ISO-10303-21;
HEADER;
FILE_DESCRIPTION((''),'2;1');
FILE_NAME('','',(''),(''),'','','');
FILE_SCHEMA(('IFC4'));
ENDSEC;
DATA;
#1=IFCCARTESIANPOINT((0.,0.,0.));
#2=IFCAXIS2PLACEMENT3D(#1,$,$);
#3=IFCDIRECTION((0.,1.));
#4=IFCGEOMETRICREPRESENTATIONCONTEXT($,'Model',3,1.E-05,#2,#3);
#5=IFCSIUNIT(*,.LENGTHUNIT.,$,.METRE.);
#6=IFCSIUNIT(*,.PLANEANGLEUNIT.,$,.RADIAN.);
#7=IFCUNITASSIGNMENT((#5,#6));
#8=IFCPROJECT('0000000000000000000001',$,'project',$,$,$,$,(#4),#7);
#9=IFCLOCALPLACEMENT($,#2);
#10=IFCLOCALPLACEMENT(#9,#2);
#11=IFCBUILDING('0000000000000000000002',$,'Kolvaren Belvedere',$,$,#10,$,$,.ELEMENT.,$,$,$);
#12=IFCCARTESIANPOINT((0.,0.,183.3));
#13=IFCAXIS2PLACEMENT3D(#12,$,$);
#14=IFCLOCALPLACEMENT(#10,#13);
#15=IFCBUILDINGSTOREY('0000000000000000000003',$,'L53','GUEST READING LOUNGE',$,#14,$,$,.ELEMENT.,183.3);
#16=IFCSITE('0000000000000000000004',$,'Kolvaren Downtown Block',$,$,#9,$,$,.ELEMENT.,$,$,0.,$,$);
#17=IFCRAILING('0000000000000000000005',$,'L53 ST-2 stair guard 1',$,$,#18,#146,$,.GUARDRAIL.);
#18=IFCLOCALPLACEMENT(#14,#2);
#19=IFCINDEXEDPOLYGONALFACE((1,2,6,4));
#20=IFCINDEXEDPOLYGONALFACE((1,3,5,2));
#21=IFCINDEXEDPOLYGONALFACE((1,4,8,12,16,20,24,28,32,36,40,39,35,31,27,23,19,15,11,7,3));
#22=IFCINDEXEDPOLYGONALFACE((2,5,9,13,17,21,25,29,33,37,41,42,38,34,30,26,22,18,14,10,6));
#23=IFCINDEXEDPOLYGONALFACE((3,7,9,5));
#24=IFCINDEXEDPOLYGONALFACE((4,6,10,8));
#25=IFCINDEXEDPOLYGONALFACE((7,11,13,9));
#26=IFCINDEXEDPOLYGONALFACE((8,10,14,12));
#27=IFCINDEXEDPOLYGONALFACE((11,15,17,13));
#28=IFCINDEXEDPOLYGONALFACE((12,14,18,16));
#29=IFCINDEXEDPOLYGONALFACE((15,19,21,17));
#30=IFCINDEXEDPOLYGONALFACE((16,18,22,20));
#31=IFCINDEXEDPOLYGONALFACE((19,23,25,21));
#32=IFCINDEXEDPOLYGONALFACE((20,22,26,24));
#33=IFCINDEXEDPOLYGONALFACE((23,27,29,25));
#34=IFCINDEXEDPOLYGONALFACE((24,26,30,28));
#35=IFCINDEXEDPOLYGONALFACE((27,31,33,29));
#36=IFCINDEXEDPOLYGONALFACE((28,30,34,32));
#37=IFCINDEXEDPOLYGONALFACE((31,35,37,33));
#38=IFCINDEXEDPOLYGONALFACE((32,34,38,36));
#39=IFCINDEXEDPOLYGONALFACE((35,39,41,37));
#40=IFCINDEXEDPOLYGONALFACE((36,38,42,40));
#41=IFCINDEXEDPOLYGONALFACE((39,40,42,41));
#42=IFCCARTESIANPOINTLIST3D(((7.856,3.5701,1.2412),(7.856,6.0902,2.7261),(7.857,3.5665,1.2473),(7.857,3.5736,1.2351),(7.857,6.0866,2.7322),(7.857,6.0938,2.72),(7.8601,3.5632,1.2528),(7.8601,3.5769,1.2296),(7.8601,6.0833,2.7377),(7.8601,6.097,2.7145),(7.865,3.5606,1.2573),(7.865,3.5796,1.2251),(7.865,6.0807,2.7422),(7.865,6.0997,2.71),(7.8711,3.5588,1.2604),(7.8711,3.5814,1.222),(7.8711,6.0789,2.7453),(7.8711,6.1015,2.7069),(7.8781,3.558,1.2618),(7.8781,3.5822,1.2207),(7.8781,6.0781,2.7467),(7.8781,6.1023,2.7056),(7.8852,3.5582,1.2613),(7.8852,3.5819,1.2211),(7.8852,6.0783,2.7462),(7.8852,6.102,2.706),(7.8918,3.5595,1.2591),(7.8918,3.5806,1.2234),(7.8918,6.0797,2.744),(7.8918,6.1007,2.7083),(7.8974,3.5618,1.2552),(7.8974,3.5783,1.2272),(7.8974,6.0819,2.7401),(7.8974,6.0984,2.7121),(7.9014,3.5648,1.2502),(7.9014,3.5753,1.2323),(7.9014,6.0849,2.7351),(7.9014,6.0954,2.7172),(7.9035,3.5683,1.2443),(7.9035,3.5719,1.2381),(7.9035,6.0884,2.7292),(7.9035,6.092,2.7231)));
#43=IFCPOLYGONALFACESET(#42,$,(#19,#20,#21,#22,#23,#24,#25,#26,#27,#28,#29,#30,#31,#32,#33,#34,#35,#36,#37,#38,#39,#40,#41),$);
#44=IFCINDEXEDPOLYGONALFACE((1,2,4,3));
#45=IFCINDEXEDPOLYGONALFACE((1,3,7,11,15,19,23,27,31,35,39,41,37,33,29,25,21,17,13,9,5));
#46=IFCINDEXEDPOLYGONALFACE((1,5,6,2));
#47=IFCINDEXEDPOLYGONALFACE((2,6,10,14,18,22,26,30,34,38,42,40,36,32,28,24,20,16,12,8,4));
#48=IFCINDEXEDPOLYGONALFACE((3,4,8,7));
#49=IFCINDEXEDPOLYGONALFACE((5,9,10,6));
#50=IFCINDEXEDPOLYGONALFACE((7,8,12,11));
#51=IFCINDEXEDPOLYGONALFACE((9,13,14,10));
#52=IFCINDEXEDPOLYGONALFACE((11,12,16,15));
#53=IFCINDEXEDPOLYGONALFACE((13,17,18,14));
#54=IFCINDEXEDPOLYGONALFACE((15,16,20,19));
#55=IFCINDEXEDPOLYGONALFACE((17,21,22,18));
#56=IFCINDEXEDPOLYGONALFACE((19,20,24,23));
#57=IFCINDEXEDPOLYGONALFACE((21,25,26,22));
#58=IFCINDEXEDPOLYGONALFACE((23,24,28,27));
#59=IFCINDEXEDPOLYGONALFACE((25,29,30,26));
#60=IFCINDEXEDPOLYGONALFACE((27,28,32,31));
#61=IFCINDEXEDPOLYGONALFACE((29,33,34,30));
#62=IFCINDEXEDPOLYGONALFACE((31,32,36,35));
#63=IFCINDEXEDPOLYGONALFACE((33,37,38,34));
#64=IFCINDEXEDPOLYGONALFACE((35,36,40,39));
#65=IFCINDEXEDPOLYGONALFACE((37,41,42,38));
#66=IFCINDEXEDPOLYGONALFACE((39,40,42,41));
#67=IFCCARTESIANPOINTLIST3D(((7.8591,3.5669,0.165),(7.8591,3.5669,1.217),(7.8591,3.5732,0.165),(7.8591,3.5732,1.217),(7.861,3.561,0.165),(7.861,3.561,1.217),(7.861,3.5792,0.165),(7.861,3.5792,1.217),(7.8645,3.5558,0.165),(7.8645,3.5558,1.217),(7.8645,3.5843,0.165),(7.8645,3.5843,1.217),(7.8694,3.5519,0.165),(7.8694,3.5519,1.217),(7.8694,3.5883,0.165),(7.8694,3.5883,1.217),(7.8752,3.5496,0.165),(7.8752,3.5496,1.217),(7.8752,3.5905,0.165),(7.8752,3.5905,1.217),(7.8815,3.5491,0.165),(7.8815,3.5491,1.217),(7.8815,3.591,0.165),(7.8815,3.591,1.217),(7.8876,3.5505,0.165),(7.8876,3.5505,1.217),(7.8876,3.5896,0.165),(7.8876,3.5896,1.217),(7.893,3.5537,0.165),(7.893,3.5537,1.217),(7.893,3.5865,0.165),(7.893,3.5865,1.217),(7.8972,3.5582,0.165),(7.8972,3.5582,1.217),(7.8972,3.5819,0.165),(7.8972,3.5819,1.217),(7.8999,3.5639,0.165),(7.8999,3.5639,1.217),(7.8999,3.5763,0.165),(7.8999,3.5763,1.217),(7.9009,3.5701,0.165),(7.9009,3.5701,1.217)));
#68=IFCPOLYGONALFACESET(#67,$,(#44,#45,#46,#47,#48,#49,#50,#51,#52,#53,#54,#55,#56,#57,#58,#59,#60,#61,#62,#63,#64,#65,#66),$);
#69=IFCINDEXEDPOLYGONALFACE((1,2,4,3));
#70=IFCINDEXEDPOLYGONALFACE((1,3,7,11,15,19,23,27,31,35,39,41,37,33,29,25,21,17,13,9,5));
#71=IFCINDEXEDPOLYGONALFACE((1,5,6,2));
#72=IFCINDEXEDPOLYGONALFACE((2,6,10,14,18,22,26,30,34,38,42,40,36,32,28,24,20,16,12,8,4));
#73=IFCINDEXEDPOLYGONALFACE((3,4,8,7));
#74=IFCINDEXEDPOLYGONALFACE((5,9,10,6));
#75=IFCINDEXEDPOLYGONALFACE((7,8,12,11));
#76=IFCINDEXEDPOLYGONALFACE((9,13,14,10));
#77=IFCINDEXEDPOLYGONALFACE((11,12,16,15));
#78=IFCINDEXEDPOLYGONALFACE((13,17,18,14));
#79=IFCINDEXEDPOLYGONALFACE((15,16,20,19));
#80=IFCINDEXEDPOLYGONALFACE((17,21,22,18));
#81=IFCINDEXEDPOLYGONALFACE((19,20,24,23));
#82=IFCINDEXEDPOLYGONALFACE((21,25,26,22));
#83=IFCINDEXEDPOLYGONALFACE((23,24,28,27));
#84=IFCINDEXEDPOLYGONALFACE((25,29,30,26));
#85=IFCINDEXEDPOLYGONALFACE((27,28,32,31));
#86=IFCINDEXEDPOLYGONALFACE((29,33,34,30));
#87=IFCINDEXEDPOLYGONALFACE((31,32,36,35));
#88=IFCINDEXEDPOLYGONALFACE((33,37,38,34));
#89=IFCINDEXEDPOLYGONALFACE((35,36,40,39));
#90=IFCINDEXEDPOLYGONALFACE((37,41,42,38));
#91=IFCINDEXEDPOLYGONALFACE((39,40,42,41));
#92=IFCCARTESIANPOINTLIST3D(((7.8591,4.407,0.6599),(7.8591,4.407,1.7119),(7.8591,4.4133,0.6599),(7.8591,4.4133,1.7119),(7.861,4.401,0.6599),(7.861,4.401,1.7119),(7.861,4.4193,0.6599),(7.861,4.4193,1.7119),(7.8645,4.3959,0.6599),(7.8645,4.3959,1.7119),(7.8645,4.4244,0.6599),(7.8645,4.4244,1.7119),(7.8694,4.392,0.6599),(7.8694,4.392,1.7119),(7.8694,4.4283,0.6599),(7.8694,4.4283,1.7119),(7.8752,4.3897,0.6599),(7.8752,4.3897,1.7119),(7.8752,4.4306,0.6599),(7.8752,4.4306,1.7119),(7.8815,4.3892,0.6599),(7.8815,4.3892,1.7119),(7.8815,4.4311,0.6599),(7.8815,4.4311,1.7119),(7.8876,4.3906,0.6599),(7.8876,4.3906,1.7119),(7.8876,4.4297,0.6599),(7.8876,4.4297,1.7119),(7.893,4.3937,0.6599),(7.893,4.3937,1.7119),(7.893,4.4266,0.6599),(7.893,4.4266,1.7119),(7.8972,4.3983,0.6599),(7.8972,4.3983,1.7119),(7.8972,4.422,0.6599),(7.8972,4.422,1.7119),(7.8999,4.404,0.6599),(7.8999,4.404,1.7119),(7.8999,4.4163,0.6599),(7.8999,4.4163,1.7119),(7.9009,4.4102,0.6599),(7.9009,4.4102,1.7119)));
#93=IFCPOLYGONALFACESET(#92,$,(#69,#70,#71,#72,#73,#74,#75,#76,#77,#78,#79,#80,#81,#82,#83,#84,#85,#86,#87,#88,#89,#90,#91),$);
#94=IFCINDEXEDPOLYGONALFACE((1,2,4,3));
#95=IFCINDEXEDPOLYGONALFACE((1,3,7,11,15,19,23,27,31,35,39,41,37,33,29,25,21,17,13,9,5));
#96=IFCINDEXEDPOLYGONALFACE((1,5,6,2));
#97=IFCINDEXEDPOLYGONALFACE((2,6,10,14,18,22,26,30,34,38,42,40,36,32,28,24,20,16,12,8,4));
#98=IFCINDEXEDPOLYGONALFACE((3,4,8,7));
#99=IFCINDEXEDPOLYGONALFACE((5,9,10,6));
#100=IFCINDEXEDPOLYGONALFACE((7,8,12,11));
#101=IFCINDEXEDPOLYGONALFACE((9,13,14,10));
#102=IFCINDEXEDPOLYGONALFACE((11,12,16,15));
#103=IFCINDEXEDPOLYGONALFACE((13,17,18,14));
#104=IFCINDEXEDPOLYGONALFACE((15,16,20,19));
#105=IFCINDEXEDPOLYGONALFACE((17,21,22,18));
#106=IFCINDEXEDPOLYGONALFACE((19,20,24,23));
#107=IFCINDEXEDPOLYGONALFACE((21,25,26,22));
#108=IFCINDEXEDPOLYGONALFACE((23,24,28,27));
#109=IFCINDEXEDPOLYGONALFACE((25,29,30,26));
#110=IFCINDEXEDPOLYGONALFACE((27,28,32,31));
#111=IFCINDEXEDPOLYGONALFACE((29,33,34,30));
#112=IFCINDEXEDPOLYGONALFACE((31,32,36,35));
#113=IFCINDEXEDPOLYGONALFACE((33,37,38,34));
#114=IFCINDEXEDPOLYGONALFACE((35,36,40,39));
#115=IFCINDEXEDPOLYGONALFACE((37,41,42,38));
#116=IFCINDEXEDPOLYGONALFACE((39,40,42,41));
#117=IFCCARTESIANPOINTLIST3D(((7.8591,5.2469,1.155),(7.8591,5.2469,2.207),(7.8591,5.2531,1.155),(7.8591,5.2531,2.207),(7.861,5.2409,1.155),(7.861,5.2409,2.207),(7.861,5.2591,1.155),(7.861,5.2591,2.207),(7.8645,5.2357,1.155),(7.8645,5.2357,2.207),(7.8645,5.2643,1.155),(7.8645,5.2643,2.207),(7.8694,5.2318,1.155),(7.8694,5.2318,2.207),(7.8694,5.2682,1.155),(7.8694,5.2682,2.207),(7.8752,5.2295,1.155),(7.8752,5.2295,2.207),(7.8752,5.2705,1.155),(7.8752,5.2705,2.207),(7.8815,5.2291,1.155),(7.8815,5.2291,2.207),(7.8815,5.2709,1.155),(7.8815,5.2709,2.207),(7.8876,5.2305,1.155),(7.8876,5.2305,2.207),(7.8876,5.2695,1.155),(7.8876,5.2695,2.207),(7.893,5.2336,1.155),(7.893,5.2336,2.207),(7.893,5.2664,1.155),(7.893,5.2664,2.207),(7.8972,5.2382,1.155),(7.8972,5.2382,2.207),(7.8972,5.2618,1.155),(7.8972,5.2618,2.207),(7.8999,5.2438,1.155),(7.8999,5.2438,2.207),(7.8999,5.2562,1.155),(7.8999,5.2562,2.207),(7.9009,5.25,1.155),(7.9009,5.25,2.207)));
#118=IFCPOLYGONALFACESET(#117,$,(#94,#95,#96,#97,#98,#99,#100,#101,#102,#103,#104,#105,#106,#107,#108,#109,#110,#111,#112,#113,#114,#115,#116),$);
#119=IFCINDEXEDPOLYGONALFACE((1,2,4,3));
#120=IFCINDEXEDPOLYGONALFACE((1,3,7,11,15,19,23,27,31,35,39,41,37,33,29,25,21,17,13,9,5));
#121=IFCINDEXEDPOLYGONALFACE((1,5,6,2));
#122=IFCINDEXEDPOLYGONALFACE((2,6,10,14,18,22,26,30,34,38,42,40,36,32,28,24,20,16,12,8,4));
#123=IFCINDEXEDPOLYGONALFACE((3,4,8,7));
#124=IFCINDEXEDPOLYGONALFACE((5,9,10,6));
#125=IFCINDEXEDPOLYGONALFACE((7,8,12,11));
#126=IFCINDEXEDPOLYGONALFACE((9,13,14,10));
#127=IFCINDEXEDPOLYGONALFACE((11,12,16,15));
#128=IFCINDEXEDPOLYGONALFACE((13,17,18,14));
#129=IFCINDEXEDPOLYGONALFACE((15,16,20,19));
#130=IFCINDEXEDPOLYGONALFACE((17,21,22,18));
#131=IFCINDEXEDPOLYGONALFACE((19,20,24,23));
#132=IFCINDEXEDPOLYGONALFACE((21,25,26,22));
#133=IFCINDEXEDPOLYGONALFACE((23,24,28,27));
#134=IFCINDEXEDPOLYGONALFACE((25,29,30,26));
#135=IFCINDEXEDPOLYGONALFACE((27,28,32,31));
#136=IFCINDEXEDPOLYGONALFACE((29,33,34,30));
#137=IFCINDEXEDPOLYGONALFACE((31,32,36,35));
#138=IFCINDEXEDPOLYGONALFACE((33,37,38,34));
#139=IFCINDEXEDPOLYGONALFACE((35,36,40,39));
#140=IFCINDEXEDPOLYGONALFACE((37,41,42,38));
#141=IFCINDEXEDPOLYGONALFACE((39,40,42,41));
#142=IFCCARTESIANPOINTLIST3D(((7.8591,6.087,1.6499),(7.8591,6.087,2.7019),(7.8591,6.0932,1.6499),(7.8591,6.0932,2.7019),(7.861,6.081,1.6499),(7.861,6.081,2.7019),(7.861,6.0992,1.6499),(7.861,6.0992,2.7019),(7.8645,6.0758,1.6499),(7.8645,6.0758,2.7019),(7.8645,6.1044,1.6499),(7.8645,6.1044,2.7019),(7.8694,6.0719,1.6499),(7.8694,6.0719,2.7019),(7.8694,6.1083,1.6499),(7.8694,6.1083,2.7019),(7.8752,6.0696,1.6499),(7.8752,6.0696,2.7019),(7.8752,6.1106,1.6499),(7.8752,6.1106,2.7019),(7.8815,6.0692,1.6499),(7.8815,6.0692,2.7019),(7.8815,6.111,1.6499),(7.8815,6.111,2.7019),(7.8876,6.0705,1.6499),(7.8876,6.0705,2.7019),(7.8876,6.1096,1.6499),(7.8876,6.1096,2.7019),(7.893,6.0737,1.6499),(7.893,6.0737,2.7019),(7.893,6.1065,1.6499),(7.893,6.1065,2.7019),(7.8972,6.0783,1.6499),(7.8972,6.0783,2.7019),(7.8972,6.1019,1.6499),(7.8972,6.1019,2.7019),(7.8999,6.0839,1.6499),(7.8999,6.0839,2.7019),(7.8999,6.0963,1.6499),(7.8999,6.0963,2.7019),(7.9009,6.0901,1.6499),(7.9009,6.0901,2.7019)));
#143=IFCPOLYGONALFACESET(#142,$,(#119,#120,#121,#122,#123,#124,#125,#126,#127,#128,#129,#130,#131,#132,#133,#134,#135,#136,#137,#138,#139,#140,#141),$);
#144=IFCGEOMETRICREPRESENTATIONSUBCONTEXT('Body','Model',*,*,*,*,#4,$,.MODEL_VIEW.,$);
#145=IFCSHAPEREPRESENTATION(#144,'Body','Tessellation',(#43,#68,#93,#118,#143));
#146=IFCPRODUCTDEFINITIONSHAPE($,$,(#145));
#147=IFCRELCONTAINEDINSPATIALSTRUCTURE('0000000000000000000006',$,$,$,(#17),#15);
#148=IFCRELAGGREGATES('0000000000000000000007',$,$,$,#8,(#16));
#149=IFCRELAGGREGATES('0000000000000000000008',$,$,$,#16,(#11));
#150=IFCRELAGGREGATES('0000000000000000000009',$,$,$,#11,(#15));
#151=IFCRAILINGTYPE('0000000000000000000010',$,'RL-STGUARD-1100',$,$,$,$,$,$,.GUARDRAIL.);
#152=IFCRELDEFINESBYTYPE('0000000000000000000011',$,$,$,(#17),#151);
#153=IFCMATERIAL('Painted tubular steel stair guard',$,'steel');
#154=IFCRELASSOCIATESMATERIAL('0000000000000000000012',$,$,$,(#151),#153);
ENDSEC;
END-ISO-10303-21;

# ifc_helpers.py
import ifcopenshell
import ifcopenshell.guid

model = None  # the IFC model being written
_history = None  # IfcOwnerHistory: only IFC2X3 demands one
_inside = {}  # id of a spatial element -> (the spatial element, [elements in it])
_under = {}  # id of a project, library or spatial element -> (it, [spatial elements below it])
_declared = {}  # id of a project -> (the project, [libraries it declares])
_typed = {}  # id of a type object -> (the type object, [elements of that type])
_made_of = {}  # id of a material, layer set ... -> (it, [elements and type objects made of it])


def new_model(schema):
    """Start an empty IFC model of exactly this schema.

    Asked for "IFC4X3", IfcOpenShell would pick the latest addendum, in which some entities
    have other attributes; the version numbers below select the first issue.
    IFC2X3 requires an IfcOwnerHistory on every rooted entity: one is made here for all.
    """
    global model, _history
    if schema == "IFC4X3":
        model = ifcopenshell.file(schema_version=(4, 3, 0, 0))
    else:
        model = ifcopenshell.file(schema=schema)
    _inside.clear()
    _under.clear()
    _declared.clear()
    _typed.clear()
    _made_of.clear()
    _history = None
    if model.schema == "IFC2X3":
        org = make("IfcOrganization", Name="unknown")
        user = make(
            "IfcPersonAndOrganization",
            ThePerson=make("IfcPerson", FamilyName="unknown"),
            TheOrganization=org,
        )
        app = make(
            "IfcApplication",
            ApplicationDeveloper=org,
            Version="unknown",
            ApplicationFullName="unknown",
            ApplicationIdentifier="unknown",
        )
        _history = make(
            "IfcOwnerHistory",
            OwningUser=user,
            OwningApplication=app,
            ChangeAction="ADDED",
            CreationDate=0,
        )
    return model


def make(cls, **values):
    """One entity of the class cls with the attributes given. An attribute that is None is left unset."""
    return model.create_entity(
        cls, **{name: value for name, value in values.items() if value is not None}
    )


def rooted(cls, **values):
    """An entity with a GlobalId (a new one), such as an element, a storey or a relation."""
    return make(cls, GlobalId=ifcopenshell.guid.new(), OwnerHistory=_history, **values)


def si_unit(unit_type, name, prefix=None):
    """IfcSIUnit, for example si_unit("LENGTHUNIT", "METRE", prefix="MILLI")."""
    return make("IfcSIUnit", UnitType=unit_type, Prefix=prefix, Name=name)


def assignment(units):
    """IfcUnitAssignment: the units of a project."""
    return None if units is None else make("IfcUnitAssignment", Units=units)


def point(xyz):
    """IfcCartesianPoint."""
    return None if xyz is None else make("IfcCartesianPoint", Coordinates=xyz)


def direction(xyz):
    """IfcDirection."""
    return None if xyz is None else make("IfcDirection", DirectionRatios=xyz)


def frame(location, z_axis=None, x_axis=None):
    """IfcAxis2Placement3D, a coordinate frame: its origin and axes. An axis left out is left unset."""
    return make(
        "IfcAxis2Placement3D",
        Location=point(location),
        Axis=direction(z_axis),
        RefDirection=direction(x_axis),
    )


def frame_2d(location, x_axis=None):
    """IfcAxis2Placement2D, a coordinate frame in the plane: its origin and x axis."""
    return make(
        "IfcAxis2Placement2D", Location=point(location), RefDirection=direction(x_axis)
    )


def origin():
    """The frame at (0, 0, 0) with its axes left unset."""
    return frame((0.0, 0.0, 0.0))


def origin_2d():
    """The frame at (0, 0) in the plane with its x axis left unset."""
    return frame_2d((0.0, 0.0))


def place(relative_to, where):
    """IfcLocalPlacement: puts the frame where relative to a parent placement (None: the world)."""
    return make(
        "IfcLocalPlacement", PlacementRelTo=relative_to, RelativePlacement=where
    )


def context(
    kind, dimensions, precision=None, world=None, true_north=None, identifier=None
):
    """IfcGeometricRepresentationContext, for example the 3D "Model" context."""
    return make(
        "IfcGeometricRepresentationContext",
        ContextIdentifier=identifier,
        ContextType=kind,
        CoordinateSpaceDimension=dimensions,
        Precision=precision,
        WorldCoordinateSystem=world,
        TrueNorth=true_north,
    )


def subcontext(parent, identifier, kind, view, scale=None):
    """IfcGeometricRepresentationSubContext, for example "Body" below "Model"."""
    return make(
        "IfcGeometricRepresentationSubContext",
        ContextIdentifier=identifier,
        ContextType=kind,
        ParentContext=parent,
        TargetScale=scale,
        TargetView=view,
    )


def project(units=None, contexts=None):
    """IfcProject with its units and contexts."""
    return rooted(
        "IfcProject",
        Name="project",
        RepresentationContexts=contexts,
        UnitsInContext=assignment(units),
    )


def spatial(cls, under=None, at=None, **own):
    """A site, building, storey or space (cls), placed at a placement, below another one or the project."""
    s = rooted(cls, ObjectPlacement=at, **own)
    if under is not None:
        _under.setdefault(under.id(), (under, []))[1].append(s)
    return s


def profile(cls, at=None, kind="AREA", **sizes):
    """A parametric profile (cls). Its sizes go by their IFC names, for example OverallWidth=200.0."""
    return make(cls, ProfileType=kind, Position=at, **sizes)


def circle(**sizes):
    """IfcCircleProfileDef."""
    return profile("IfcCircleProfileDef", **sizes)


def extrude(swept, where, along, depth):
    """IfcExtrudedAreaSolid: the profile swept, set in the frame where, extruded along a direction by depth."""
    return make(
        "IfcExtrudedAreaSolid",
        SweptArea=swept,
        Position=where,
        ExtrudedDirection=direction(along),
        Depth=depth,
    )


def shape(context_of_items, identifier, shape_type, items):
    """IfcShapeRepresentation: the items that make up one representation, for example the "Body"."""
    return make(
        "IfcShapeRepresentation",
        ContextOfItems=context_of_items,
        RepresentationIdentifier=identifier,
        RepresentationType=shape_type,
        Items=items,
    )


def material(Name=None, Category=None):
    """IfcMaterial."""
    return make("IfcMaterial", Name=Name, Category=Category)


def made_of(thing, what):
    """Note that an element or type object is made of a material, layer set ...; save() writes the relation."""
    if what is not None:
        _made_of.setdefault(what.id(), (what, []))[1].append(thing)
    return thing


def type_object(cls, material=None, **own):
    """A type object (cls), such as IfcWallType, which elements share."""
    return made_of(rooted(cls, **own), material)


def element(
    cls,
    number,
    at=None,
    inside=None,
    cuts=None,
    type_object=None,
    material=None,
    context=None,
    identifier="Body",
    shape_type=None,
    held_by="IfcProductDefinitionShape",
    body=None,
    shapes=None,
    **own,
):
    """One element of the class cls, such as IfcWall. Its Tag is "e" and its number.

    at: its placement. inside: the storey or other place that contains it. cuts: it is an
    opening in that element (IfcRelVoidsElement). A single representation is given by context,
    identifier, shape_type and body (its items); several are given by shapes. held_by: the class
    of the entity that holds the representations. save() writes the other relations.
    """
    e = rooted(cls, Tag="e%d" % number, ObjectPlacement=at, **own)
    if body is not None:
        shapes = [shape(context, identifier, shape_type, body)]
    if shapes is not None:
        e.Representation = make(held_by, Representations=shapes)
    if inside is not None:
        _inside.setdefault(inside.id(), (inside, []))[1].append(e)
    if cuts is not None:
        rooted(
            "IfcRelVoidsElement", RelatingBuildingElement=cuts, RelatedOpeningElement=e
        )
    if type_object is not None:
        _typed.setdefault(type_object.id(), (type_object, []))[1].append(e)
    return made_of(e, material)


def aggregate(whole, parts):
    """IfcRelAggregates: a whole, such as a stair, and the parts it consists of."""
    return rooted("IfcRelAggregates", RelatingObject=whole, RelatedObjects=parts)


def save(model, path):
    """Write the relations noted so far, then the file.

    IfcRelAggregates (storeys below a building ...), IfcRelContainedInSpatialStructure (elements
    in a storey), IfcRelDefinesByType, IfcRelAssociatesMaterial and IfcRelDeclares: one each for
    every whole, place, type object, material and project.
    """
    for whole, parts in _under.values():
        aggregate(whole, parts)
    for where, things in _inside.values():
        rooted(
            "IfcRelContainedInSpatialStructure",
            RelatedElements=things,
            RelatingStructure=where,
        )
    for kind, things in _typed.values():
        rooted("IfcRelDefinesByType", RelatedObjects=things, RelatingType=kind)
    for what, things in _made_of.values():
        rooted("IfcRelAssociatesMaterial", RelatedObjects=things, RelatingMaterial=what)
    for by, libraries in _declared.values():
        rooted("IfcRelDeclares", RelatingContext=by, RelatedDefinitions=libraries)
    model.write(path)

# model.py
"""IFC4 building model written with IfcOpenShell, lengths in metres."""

from ifc_helpers import new_model, si_unit, direction, frame, origin, origin_2d, place, context, subcontext, project, spatial, circle, extrude, material, type_object, element, save


model = new_model("IFC4")

# Units and contexts
model_context = context("Model", 3, precision=1e-05, world=origin(), true_north=direction((0.0, 1.0)))
body_context = subcontext(model_context, "Body", "Model", "MODEL_VIEW")
ifc_project = project(units=[si_unit("LENGTHUNIT", "METRE"), si_unit("PLANEANGLEUNIT", "RADIAN")], contexts=[model_context])

# Site, building, storey
site_placement = place(None, origin())
site = spatial("IfcSite", under=ifc_project, at=site_placement, Name="Kolvaren Downtown Block", CompositionType="ELEMENT", RefElevation=0.0)
building_placement = place(site_placement, origin())
building = spatial("IfcBuilding", under=site, at=building_placement, Name="Kolvaren Belvedere", CompositionType="ELEMENT")
storey_placement = place(building_placement, frame((0.0, 0.0, 183.3)))
storey = spatial("IfcBuildingStorey", under=building, at=storey_placement, Name="L53", Description="GUEST READING LOUNGE", CompositionType="ELEMENT", Elevation=183.3)

# Railing
ifc_material_1 = material(Name="Painted tubular steel stair guard", Category="steel")
railing_type_1 = type_object("IfcRailingType", Name="RL-STGUARD-1100", PredefinedType="GUARDRAIL", material=ifc_material_1)
railing_1_placement = place(storey_placement, frame((7.8799, 3.5701, 0.165)))
element("IfcRailing", 1, at=railing_1_placement, inside=storey, type_object=railing_type_1, Name="L53 ST-2 stair guard 1", PredefinedType="GUARDRAIL", context=body_context, shape_type="SweptSolid", body=[
    extrude(circle(Radius=0.0239, at=origin_2d()), frame((0.0, 0.0, 1.0762), z_axis=(0.0, 0.861561, 0.507655), x_axis=(-1.0, 0.0, 0.0)), (0.0, 0.0, 1.0), 2.925),
    extrude(circle(Radius=0.021, at=origin_2d()), origin(), (0.0, 0.0, 1.0), 1.052),
    extrude(circle(Radius=0.021, at=origin_2d()), frame((0.0, 0.8401, 0.4949)), (0.0, 0.0, 1.0), 1.052),
    extrude(circle(Radius=0.021, at=origin_2d()), frame((0.0, 1.6799, 0.99)), (0.0, 0.0, 1.0), 1.052),
    extrude(circle(Radius=0.021, at=origin_2d()), frame((0.0, 2.52, 1.4849)), (0.0, 0.0, 1.0), 1.052),
])

save(model, "model.ifc")
